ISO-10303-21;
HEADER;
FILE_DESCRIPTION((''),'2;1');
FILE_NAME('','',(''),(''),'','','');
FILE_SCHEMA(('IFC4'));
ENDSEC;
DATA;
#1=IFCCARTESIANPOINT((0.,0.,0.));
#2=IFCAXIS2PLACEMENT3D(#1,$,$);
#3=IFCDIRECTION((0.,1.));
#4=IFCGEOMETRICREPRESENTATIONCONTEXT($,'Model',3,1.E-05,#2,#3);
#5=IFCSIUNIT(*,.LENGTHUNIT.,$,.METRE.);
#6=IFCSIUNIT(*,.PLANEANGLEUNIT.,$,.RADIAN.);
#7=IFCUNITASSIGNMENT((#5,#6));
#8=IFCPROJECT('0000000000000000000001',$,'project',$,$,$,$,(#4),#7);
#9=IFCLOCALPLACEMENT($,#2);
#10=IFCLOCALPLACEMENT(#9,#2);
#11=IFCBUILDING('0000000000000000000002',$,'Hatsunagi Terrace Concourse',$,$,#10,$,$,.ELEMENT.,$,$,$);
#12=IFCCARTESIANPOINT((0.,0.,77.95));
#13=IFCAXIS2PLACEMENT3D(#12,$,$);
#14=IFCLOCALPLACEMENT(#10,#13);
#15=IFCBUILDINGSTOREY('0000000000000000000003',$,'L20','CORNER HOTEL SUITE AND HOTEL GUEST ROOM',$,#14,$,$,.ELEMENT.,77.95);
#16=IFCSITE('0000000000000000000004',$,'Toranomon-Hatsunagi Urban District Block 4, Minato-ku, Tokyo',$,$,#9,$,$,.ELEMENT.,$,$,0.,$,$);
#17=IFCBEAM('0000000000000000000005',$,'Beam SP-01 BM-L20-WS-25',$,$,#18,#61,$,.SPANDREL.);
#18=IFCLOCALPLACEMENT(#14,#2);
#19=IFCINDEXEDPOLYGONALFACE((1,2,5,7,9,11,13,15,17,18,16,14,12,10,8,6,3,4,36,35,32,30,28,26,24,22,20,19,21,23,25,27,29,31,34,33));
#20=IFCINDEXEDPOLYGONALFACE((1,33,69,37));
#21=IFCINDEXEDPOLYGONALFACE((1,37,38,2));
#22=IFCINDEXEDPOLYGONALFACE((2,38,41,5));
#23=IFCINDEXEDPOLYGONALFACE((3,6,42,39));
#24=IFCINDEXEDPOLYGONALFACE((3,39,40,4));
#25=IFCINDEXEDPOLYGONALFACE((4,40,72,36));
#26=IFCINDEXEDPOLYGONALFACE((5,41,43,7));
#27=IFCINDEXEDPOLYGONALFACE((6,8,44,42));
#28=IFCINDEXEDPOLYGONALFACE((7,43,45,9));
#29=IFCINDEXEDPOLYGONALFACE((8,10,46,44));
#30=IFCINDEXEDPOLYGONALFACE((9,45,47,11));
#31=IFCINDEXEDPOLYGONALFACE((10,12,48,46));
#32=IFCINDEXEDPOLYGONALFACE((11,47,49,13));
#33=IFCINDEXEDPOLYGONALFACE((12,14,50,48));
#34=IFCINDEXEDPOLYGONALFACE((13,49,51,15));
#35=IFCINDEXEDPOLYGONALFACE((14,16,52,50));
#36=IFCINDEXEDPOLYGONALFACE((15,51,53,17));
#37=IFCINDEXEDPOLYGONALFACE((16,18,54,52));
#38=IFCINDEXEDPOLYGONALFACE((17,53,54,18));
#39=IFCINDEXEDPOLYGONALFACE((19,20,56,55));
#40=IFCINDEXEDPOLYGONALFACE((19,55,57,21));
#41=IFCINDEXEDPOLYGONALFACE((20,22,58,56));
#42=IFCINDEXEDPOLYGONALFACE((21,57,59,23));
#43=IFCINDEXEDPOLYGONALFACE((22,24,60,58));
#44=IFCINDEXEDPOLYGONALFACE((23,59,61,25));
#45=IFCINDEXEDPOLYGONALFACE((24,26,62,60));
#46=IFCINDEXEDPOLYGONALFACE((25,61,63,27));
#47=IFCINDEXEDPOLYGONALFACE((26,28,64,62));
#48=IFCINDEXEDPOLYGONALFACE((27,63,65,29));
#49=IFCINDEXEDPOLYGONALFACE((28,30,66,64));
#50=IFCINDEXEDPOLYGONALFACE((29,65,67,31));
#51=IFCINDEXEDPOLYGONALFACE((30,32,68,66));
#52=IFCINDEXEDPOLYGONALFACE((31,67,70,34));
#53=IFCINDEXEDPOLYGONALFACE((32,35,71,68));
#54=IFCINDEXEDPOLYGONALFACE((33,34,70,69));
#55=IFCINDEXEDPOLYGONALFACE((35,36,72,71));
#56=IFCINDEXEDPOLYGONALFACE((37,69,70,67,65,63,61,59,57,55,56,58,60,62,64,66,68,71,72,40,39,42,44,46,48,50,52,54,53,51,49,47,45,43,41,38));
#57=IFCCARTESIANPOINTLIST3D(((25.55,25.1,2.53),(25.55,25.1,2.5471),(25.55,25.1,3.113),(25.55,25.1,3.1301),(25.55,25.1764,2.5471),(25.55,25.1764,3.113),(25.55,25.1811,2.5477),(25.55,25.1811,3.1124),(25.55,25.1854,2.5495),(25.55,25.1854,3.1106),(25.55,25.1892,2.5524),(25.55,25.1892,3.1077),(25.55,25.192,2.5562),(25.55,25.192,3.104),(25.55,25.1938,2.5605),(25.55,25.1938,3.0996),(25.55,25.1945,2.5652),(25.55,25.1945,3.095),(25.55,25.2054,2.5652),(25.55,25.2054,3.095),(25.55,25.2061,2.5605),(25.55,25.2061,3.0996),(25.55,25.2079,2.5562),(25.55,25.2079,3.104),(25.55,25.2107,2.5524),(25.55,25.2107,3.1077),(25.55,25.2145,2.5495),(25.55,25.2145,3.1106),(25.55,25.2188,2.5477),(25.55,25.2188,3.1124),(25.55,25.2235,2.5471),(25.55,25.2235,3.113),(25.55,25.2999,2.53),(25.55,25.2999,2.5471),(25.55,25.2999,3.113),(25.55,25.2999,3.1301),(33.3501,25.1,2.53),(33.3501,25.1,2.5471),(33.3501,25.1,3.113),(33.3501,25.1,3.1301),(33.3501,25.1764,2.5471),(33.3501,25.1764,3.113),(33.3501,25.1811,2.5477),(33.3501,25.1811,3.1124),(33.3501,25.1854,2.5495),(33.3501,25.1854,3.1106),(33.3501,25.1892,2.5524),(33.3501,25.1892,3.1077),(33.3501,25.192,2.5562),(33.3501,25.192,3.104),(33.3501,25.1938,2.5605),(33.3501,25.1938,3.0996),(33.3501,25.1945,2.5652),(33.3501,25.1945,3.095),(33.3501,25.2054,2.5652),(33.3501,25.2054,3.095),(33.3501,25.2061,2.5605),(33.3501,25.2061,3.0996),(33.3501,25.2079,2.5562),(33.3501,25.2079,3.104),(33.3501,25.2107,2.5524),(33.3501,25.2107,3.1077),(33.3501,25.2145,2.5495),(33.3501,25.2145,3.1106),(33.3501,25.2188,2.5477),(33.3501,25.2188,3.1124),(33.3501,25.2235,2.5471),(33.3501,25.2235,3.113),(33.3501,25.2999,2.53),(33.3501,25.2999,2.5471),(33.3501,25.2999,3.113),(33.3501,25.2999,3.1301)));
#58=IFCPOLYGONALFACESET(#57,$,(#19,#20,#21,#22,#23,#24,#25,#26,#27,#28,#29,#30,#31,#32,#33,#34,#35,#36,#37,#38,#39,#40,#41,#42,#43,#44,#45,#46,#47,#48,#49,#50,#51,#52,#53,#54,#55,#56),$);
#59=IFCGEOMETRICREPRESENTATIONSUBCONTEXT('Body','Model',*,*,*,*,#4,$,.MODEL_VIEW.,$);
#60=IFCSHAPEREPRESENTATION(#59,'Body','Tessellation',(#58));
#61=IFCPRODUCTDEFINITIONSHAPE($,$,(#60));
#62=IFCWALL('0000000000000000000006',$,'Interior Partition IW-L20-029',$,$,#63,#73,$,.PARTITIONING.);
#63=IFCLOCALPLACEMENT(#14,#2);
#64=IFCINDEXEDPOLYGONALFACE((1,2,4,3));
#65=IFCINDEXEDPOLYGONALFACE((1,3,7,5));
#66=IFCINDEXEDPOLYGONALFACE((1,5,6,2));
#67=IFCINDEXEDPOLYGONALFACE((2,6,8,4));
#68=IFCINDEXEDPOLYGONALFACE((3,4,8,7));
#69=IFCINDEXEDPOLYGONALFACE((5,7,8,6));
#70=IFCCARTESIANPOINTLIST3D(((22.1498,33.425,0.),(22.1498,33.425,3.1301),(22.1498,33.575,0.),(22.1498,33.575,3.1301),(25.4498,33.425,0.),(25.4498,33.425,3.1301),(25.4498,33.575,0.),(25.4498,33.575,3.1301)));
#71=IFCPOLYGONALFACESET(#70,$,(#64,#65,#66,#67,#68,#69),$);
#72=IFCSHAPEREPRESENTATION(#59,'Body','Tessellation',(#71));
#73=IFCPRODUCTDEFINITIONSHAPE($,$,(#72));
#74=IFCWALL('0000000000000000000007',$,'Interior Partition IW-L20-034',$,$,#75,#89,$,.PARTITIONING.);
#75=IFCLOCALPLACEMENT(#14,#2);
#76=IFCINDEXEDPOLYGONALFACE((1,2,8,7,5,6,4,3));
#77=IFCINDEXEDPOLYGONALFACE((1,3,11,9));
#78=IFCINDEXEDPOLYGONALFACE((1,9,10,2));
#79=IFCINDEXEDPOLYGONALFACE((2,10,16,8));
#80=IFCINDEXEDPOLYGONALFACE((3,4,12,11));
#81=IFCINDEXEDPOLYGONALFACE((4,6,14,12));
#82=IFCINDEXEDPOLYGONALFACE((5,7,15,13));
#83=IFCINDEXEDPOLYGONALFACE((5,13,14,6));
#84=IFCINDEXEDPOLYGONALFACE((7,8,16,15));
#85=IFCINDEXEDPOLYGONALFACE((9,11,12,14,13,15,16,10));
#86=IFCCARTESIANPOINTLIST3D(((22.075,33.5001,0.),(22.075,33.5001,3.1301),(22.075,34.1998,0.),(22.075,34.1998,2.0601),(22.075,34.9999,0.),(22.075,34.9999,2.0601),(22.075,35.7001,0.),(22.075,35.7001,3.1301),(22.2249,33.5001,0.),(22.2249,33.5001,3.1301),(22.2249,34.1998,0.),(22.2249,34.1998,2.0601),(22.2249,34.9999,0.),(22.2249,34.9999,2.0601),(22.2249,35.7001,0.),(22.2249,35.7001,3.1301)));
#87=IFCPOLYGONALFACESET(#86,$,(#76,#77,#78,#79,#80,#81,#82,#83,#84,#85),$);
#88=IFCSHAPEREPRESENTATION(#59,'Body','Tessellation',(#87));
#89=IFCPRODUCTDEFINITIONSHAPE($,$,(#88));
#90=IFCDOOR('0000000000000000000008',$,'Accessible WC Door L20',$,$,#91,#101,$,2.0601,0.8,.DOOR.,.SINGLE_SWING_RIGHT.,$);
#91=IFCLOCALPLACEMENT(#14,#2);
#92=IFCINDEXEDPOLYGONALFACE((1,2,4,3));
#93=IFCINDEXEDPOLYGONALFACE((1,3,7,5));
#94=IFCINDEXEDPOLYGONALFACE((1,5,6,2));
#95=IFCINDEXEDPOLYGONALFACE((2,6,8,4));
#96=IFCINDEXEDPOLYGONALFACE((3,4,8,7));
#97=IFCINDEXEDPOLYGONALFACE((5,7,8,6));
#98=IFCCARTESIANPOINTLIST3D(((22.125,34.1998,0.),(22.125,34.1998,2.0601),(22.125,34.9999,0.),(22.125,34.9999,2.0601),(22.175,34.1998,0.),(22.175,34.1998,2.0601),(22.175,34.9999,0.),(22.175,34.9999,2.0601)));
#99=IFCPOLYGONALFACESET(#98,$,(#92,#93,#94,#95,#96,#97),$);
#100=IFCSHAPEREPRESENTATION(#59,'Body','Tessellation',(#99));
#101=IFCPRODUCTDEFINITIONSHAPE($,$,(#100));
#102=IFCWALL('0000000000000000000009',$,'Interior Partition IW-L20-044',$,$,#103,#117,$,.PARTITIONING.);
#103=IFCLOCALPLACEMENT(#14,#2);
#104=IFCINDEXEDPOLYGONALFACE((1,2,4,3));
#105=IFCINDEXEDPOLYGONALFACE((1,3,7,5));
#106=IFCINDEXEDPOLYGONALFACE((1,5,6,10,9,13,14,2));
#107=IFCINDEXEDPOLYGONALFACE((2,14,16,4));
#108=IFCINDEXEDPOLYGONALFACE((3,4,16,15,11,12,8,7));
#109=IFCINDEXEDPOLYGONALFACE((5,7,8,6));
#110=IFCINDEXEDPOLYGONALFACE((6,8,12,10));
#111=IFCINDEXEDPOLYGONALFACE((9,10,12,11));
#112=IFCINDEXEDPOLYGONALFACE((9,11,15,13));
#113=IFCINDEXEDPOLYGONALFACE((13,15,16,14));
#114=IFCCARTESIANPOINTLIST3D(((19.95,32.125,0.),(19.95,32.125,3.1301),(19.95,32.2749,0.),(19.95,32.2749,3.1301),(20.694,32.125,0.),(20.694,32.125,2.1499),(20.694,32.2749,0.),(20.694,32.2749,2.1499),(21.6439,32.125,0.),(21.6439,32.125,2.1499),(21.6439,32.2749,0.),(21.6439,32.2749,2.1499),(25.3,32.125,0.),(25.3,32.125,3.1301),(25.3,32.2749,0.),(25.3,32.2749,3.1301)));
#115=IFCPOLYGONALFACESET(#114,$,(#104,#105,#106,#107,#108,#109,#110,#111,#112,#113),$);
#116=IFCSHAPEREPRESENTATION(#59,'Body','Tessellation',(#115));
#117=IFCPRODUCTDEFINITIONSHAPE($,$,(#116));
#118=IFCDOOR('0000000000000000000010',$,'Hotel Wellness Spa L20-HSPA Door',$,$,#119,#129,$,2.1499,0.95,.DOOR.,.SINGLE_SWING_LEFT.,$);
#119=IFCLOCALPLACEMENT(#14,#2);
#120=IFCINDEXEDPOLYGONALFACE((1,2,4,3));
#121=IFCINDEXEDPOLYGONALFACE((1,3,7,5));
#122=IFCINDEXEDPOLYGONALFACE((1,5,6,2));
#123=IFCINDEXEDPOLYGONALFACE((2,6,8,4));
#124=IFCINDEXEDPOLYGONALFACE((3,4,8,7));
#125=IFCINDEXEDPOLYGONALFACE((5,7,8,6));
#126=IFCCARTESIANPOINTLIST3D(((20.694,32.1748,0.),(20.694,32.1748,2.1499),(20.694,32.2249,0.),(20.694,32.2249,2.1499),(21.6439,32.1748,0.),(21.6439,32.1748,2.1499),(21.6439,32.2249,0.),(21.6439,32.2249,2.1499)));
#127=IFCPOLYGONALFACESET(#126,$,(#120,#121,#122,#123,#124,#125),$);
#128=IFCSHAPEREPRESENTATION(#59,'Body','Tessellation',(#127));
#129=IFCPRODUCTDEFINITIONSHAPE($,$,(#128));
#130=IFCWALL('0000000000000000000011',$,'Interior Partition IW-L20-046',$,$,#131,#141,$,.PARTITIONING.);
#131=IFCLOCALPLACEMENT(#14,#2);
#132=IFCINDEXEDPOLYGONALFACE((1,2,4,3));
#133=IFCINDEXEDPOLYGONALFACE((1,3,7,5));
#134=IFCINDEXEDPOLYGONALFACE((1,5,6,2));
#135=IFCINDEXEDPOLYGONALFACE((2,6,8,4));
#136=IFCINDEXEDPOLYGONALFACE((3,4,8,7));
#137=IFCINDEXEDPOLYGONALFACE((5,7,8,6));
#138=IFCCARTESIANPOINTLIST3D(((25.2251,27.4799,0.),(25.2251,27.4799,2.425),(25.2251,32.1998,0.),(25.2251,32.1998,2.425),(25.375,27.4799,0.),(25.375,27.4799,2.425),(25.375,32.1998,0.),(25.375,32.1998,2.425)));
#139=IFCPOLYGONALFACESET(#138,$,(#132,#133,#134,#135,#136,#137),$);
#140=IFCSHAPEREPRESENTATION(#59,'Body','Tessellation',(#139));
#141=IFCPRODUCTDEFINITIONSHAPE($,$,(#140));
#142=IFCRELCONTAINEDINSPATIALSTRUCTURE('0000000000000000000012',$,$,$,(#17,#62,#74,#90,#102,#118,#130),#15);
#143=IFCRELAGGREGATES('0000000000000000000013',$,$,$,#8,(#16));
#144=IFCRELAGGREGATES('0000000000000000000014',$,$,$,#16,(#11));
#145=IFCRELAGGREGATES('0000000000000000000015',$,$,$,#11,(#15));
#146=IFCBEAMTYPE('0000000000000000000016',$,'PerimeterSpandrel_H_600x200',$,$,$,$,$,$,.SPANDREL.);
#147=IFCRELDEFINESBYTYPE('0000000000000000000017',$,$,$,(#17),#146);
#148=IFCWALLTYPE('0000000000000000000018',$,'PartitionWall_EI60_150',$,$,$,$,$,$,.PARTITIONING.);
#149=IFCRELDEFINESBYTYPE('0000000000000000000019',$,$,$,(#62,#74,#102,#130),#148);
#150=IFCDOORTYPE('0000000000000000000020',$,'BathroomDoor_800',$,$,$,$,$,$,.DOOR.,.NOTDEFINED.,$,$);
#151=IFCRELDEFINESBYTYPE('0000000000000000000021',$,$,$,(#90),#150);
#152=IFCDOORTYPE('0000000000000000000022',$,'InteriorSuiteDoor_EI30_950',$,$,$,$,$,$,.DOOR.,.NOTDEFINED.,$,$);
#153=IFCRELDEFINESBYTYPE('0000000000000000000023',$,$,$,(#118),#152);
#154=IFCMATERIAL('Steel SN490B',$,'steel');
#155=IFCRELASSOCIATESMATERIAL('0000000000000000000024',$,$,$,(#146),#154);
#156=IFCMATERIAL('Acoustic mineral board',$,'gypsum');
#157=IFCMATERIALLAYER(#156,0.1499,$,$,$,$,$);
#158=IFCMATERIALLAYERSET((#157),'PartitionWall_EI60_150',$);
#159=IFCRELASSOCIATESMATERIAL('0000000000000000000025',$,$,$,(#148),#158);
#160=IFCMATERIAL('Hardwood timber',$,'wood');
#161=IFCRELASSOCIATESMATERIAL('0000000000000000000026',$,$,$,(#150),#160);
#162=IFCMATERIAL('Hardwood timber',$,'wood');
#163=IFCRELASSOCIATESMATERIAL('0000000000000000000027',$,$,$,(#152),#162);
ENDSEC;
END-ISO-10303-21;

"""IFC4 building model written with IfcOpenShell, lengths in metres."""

from ifc_helpers import new_model, si_unit, direction, frame, frame_2d, origin, origin_2d, place, context, subcontext, project, spatial, rectangle, i_section, extrude, material, layer, layer_set, material_profile, profile_set, type_object, element, fill, save


model = new_model("IFC4")

# Units and contexts
model_context = context("Model", 3, precision=1e-05, world=origin(), true_north=direction((0.0, 1.0)))
body_context = subcontext(model_context, "Body", "Model", "MODEL_VIEW")
ifc_project = project(units=[si_unit("LENGTHUNIT", "METRE"), si_unit("PLANEANGLEUNIT", "RADIAN")], contexts=[model_context])

# Site, building, storey
site_placement = place(None, origin())
site = spatial("IfcSite", under=ifc_project, at=site_placement, Name="Toranomon-Hatsunagi Urban District Block 4, Minato-ku, Tokyo", CompositionType="ELEMENT", RefElevation=0.0)
building_placement = place(site_placement, origin())
building = spatial("IfcBuilding", under=site, at=building_placement, Name="Hatsunagi Terrace Concourse", CompositionType="ELEMENT")
storey_placement = place(building_placement, frame((0.0, 0.0, 77.95)))
storey = spatial("IfcBuildingStorey", under=building, at=storey_placement, Name="L20", Description="CORNER HOTEL SUITE AND HOTEL GUEST ROOM", CompositionType="ELEMENT", Elevation=77.95)

# Beam
ifc_material_1 = material(Name="Steel SN490B", Category="steel")
ifc_material_profile_1 = material_profile(ifc_material_1, i_section(OverallWidth=0.2, OverallDepth=0.6001, WebThickness=0.011, FlangeThickness=0.0171, FilletRadius=0.0181, at=origin_2d()), Name="H-600x200x11x17")
ifc_profile_set_1 = profile_set([ifc_material_profile_1], Name="Steel SN490B")
beam_type_1 = type_object("IfcBeamType", Name="PerimeterSpandrel_H_600x200", PredefinedType="SPANDREL", material=ifc_profile_set_1)
beam_1_placement = place(storey_placement, frame((25.55, 25.2, 2.8301), z_axis=(1.0, 0.0, 0.0), x_axis=(0.0, 1.0, 0.0)))
element("IfcBeam", 1, at=beam_1_placement, inside=storey, type_object=beam_type_1, Name="Beam SP-01 BM-L20-WS-25", PredefinedType="SPANDREL", context=body_context, shape_type="SweptSolid", body=[
    extrude(i_section(OverallWidth=0.2, OverallDepth=0.6001, WebThickness=0.011, FlangeThickness=0.0171, FilletRadius=0.0181, at=origin_2d()), origin(), (0.0, 0.0, 1.0), 7.8),
])

# Wall
ifc_material_2 = material(Name="Acoustic mineral board", Category="gypsum")
ifc_layer_1 = layer(ifc_material_2, 0.1499)
ifc_layer_set_1 = layer_set([ifc_layer_1], Name="PartitionWall_EI60_150")
wall_type_1 = type_object("IfcWallType", Name="PartitionWall_EI60_150", PredefinedType="PARTITIONING", material=ifc_layer_set_1)
wall_1_placement = place(storey_placement, frame((22.1499, 33.5, 0.0), z_axis=(0.0, 0.0, 1.0), x_axis=(1.0, 0.0, 0.0)))
element("IfcWall", 2, at=wall_1_placement, inside=storey, type_object=wall_type_1, Name="Interior Partition IW-L20-029", PredefinedType="PARTITIONING", context=body_context, shape_type="SweptSolid", body=[
    extrude(rectangle(XDim=3.3, YDim=0.1499, at=frame_2d((1.6499, 0.0))), origin(), (0.0, 0.0, 1.0), 3.1301),
])

# Walls, openings, doors
wall_2_placement = place(storey_placement, frame((22.1499, 33.5, 0.0), z_axis=(0.0, 0.0, 1.0), x_axis=(0.0, 1.0, 0.0)))
wall_2 = element("IfcWall", 3, at=wall_2_placement, inside=storey, type_object=wall_type_1, Name="Interior Partition IW-L20-034", PredefinedType="PARTITIONING", context=body_context, shape_type="SweptSolid", body=[
    extrude(rectangle(XDim=2.2, YDim=0.1499, at=frame_2d((1.1001, 0.0))), origin(), (0.0, 0.0, 1.0), 3.1301),
])
opening_1_placement = place(wall_2_placement, frame((0.7, 0.0, 0.0)))
opening_1 = element("IfcOpeningElement", 4, at=opening_1_placement, cuts=wall_2, PredefinedType="OPENING", context=body_context, shape_type="SweptSolid", body=[
    extrude(rectangle(XDim=0.8, YDim=2.0601, at=frame_2d((0.3999, 1.03))), frame((0.0, 0.085, 0.0), z_axis=(0.0, -1.0, 0.0), x_axis=(1.0, 0.0, 0.0)), (0.0, 0.0, 1.0), 0.1699),
])
ifc_material_3 = material(Name="Hardwood timber", Category="wood")
door_type_1 = type_object("IfcDoorType", Name="BathroomDoor_800", OperationType="NOTDEFINED", PredefinedType="DOOR", material=ifc_material_3)
door_1_placement = place(opening_1_placement, origin())
door_1 = element("IfcDoor", 5, at=door_1_placement, inside=storey, type_object=door_type_1, Name="Accessible WC Door L20", OperationType="SINGLE_SWING_RIGHT", OverallHeight=2.0601, OverallWidth=0.8, PredefinedType="DOOR", context=body_context, shape_type="SweptSolid", body=[
    extrude(rectangle(XDim=0.8, YDim=2.0601, at=frame_2d((0.3999, 1.03))), frame((0.0, 0.0249, 0.0), z_axis=(0.0, -1.0, 0.0), x_axis=(1.0, 0.0, 0.0)), (0.0, 0.0, 1.0), 0.05),
])
fill(opening_1, door_1)
wall_3_placement = place(storey_placement, frame((19.95, 32.2, 0.0), z_axis=(0.0, 0.0, 1.0), x_axis=(1.0, 0.0, 0.0)))
wall_3 = element("IfcWall", 6, at=wall_3_placement, inside=storey, type_object=wall_type_1, Name="Interior Partition IW-L20-044", PredefinedType="PARTITIONING", context=body_context, shape_type="SweptSolid", body=[
    extrude(rectangle(XDim=5.3501, YDim=0.1499, at=frame_2d((2.675, 0.0))), origin(), (0.0, 0.0, 1.0), 3.1301),
])
opening_2_placement = place(wall_3_placement, frame((0.7439, 0.0, 0.0)))
opening_2 = element("IfcOpeningElement", 7, at=opening_2_placement, cuts=wall_3, PredefinedType="OPENING", context=body_context, shape_type="SweptSolid", body=[
    extrude(rectangle(XDim=0.95, YDim=2.1499, at=frame_2d((0.4751, 1.075))), frame((0.0, 0.085, 0.0), z_axis=(0.0, -1.0, 0.0), x_axis=(1.0, 0.0, 0.0)), (0.0, 0.0, 1.0), 0.1699),
])
ifc_material_4 = material(Name="Hardwood timber", Category="wood")
door_type_2 = type_object("IfcDoorType", Name="InteriorSuiteDoor_EI30_950", OperationType="NOTDEFINED", PredefinedType="DOOR", material=ifc_material_4)
door_2_placement = place(opening_2_placement, origin())
door_2 = element("IfcDoor", 8, at=door_2_placement, inside=storey, type_object=door_type_2, Name="Hotel Wellness Spa L20-HSPA Door", OperationType="SINGLE_SWING_LEFT", OverallHeight=2.1499, OverallWidth=0.95, PredefinedType="DOOR", context=body_context, shape_type="SweptSolid", body=[
    extrude(rectangle(XDim=0.95, YDim=2.1499, at=frame_2d((0.4751, 1.075))), frame((0.0, 0.0249, 0.0), z_axis=(0.0, -1.0, 0.0), x_axis=(1.0, 0.0, 0.0)), (0.0, 0.0, 1.0), 0.05),
])
fill(opening_2, door_2)

# Wall
wall_4_placement = place(storey_placement, frame((25.3, 27.48, 0.0), z_axis=(0.0, 0.0, 1.0), x_axis=(0.0, 1.0, 0.0)))
element("IfcWall", 9, at=wall_4_placement, inside=storey, type_object=wall_type_1, Name="Interior Partition IW-L20-046", PredefinedType="PARTITIONING", context=body_context, shape_type="SweptSolid", body=[
    extrude(rectangle(XDim=4.72, YDim=0.1499, at=frame_2d((2.3599, 0.0))), origin(), (0.0, 0.0, 1.0), 2.425),
])

save(model, "model.ifc")
